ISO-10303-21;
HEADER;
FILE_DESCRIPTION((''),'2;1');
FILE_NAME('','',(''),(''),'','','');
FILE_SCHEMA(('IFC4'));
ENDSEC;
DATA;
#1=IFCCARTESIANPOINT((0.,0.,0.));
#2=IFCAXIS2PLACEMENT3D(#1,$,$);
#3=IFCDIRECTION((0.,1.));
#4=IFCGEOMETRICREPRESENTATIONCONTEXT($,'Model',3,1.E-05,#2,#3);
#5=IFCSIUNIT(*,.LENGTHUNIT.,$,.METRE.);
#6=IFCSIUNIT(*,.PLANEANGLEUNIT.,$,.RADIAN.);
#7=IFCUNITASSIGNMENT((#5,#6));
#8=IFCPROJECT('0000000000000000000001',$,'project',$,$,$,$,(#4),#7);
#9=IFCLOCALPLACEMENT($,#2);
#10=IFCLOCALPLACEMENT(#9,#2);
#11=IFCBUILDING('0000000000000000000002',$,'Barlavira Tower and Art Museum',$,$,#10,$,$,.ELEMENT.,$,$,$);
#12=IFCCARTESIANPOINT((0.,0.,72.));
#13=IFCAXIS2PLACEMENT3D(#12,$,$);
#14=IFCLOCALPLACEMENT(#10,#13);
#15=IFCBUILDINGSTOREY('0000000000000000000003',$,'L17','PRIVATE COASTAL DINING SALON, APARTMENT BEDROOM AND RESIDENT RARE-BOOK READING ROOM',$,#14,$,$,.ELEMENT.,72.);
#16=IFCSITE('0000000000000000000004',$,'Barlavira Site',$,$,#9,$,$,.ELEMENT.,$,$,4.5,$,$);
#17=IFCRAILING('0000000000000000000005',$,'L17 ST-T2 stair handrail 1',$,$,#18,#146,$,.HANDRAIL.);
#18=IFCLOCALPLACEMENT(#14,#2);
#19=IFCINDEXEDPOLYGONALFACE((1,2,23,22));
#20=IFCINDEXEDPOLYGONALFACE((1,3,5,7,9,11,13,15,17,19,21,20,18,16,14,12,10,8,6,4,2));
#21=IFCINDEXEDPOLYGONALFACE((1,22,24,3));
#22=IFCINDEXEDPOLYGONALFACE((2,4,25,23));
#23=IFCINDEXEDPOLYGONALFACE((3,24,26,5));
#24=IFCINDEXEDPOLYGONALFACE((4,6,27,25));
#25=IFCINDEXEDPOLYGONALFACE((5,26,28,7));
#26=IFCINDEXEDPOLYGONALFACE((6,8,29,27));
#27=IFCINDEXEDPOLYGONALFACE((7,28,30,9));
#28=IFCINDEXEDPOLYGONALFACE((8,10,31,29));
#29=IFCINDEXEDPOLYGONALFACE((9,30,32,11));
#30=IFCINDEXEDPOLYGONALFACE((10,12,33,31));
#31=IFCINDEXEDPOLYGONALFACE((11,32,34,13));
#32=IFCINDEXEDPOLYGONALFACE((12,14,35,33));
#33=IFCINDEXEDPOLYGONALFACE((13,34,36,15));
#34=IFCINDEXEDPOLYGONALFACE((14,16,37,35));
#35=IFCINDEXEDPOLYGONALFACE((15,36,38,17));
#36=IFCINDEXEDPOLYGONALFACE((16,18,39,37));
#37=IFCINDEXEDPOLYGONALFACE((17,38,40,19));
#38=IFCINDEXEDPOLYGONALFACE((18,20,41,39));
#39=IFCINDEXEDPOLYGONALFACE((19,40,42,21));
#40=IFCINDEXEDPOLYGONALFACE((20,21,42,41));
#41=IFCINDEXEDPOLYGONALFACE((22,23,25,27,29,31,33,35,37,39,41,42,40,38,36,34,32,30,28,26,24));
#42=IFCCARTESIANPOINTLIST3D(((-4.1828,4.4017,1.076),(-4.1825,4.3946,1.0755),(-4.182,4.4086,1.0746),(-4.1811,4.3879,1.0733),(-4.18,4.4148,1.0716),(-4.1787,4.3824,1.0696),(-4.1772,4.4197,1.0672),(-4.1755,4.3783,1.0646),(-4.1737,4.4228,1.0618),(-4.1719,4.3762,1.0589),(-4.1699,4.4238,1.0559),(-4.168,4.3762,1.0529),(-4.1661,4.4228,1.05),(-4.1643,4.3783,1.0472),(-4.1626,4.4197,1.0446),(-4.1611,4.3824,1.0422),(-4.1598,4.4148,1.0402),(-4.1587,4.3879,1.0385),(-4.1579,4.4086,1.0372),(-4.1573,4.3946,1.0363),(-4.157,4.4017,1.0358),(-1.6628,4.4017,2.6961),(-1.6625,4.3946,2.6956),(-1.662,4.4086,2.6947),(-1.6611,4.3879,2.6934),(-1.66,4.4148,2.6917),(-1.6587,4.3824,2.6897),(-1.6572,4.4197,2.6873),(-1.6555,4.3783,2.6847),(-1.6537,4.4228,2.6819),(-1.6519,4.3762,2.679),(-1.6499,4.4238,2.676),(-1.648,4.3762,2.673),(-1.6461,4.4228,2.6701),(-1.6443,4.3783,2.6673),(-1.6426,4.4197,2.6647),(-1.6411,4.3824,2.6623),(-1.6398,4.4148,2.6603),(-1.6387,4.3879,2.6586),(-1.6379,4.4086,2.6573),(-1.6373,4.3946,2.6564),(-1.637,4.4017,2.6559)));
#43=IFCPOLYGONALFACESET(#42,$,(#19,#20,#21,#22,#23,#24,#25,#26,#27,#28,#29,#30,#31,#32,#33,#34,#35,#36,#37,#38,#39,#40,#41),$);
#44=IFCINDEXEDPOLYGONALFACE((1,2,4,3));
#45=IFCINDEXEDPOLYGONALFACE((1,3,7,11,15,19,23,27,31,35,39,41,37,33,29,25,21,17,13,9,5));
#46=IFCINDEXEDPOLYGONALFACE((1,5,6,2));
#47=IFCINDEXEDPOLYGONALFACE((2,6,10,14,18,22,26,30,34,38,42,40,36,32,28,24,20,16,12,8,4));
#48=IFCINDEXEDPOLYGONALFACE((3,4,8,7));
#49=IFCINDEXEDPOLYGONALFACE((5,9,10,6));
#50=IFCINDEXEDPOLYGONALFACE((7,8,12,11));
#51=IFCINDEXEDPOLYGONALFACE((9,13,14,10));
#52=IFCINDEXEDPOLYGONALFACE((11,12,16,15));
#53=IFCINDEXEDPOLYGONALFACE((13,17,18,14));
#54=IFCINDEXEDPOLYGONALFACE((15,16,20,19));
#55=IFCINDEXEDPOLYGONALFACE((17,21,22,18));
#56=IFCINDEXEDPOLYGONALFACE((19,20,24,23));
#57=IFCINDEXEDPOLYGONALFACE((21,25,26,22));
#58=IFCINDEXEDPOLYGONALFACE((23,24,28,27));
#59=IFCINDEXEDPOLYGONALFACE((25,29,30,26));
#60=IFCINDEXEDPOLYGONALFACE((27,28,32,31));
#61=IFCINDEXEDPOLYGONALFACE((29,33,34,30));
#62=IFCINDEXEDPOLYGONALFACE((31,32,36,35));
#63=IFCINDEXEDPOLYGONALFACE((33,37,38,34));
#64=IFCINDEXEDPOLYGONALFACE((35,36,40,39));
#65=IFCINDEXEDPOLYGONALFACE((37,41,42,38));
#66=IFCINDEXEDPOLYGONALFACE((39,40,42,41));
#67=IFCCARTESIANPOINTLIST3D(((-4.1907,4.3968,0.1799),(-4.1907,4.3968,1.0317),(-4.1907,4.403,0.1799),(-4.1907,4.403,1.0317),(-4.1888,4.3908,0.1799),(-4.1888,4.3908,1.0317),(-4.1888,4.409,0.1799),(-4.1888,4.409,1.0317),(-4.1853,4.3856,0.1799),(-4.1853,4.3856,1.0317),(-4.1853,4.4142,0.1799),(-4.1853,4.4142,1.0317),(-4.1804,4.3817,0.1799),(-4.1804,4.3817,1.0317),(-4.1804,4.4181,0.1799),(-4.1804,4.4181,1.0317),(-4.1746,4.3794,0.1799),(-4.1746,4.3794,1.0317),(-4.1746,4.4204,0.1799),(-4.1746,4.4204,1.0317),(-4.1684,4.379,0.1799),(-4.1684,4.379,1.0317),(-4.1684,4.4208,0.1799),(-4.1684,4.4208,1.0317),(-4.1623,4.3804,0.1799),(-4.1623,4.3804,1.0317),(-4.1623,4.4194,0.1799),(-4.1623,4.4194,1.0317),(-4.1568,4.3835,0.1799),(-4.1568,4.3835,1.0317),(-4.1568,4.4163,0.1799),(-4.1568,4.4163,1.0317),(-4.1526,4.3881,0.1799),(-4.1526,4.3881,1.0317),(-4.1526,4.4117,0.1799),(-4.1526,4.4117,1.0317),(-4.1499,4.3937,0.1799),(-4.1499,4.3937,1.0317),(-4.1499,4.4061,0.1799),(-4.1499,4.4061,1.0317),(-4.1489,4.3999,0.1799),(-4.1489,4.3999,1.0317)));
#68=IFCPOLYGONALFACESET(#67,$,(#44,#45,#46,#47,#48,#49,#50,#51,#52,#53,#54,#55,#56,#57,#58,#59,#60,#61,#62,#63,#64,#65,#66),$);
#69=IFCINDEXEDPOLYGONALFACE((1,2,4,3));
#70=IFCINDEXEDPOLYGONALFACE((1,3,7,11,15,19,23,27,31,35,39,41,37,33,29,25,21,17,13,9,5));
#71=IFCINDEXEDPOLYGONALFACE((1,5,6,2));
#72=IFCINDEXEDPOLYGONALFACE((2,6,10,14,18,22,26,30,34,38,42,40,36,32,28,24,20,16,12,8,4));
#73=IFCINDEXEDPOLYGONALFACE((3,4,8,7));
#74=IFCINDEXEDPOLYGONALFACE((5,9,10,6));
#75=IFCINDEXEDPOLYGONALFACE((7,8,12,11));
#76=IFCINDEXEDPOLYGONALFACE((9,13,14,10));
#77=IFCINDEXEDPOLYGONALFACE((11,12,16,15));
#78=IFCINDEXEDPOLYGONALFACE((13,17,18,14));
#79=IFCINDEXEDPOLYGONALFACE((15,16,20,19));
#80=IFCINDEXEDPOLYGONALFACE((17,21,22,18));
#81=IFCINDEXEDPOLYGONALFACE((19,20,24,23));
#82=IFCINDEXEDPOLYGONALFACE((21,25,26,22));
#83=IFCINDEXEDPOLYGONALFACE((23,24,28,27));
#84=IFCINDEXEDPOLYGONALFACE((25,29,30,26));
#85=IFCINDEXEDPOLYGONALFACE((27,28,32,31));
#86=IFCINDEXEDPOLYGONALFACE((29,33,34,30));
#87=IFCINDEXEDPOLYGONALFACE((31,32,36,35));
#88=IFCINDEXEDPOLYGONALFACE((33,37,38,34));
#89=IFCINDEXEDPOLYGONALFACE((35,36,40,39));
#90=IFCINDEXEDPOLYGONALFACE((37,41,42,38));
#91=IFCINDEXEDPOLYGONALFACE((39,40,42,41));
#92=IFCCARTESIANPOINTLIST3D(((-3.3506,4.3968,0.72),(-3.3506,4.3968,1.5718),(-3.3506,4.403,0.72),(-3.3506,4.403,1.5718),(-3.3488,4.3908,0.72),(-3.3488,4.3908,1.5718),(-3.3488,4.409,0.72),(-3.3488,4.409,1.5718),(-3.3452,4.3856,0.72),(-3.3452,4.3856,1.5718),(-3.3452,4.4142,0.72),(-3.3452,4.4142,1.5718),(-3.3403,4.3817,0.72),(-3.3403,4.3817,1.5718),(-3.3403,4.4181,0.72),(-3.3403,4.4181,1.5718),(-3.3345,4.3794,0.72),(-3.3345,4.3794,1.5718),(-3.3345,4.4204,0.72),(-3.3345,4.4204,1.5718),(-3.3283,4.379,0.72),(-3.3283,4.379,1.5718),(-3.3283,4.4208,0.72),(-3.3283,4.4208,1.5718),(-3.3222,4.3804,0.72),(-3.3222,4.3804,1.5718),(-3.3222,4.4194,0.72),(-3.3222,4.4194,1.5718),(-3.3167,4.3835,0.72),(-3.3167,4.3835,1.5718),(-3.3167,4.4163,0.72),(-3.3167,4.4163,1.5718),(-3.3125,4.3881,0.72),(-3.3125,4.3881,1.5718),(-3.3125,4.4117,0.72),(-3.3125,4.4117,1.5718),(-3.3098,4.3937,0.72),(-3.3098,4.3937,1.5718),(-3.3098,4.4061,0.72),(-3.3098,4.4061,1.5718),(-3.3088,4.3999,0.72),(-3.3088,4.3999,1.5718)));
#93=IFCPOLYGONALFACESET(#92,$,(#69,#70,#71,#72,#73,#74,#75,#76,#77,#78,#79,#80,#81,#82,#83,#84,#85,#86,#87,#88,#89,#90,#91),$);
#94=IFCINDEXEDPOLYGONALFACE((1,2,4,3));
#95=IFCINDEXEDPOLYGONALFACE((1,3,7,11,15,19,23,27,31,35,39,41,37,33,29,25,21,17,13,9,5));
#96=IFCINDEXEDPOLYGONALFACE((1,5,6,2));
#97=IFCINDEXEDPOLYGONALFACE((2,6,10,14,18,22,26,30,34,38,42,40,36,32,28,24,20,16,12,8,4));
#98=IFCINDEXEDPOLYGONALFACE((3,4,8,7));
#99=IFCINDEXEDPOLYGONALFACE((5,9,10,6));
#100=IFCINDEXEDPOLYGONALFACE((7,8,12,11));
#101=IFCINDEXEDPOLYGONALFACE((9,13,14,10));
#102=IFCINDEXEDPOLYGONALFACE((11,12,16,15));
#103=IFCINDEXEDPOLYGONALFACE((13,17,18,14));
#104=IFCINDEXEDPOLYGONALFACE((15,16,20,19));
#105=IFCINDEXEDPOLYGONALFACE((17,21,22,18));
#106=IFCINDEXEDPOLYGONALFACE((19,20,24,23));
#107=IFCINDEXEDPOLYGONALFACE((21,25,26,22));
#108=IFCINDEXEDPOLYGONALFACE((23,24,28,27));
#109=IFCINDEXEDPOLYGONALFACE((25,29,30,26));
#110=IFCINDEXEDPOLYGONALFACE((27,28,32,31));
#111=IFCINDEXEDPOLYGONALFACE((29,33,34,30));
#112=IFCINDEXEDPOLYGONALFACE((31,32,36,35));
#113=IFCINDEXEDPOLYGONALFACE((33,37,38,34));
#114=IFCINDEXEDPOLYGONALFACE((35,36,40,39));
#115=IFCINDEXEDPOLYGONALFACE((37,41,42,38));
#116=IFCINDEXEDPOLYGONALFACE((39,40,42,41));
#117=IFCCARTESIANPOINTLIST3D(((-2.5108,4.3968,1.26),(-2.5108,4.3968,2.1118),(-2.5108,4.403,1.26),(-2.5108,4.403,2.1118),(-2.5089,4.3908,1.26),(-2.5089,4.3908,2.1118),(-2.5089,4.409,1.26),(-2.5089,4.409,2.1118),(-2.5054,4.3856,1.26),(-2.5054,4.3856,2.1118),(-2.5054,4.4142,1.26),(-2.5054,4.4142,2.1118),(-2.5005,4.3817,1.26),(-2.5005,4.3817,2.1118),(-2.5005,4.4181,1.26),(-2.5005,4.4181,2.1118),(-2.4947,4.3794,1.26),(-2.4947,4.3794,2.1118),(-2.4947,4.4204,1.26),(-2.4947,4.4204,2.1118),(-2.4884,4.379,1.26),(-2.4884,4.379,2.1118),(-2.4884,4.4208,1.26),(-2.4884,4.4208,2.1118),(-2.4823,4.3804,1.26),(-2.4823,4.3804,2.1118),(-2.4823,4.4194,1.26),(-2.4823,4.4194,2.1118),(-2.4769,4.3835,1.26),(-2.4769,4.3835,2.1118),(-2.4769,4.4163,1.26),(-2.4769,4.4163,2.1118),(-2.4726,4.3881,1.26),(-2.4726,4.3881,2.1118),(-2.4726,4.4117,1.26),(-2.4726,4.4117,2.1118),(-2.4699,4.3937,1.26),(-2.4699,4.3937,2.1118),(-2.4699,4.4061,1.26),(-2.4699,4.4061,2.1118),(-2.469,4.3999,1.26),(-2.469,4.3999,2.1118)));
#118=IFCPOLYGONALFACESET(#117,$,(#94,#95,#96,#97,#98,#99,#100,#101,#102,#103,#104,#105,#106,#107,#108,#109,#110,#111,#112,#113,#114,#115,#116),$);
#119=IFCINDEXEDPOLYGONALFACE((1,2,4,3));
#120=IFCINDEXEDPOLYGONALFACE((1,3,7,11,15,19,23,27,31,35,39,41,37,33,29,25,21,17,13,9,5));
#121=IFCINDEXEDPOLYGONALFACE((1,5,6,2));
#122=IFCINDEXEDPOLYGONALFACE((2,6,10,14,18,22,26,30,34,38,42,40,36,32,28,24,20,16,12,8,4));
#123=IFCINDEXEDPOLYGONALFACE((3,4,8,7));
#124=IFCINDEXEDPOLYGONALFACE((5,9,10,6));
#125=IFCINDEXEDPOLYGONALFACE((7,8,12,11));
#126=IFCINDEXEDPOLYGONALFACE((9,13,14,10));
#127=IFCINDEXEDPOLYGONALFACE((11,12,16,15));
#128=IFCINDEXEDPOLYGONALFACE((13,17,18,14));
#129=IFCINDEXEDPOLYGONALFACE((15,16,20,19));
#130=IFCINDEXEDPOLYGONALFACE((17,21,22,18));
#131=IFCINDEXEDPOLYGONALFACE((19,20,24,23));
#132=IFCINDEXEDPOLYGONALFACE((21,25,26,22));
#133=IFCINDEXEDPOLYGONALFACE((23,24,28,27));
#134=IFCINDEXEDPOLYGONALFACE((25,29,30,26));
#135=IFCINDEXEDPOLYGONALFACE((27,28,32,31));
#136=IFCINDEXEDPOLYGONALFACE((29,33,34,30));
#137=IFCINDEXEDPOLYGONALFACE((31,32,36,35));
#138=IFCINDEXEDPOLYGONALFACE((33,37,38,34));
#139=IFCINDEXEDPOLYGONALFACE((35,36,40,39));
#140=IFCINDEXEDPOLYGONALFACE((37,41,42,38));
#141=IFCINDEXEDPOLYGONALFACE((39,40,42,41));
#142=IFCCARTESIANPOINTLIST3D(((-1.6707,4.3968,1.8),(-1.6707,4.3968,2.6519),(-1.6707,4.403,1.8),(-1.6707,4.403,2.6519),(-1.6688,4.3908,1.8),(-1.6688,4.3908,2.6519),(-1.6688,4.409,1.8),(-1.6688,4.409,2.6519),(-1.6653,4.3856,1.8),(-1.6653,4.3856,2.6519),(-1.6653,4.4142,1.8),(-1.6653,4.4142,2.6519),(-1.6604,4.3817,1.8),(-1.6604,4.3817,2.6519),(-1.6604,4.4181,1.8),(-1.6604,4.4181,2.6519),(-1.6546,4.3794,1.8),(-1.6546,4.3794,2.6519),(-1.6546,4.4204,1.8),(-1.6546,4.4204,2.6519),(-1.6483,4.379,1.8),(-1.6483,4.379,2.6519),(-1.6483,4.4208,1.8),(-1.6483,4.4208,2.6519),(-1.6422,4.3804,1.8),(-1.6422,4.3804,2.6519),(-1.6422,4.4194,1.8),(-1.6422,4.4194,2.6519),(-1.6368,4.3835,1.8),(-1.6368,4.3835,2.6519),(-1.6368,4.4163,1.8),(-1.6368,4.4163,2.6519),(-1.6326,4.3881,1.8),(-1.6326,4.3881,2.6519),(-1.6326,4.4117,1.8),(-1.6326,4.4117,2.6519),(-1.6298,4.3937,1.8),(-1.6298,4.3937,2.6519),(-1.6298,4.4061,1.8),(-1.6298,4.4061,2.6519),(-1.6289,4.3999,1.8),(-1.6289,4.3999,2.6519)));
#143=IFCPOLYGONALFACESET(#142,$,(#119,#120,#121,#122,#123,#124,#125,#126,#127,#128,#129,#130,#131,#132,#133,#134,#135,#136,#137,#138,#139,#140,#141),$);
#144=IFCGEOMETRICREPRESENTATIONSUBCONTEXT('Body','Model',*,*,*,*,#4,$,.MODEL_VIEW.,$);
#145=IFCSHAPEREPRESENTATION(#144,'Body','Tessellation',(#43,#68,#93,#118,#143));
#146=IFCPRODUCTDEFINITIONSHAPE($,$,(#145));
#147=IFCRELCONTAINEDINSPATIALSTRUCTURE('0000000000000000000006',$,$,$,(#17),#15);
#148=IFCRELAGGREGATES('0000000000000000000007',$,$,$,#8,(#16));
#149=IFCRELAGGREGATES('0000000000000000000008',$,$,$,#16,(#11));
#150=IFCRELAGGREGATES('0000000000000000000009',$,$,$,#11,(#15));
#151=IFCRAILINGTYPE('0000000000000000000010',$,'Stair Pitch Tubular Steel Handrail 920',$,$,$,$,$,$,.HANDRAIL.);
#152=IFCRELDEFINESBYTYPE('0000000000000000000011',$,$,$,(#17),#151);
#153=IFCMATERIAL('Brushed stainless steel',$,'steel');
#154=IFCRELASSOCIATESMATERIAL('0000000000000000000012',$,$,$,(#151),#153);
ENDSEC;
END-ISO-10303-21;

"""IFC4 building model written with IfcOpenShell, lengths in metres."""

from ifc_helpers import new_model, si_unit, direction, frame, origin, origin_2d, place, context, subcontext, project, spatial, circle, extrude, material, type_object, element, save


model = new_model("IFC4")

# Units and contexts
model_context = context("Model", 3, precision=1e-05, world=origin(), true_north=direction((0.0, 1.0)))
body_context = subcontext(model_context, "Body", "Model", "MODEL_VIEW")
ifc_project = project(units=[si_unit("LENGTHUNIT", "METRE"), si_unit("PLANEANGLEUNIT", "RADIAN")], contexts=[model_context])

# Site, building, storey
site_placement = place(None, origin())
site = spatial("IfcSite", under=ifc_project, at=site_placement, Name="Barlavira Site", CompositionType="ELEMENT", RefElevation=4.5)
building_placement = place(site_placement, origin())
building = spatial("IfcBuilding", under=site, at=building_placement, Name="Barlavira Tower and Art Museum", CompositionType="ELEMENT")
storey_placement = place(building_placement, frame((0.0, 0.0, 72.0)))
storey = spatial("IfcBuildingStorey", under=building, at=storey_placement, Name="L17", Description="PRIVATE COASTAL DINING SALON, APARTMENT BEDROOM AND RESIDENT RARE-BOOK READING ROOM", CompositionType="ELEMENT", Elevation=72.0)

# Shared definitions
ifc_material_1 = material(Name="Brushed stainless steel", Category="steel")

# Railing
railing_type_1 = type_object("IfcRailingType", Name="Stair Pitch Tubular Steel Handrail 920", PredefinedType="HANDRAIL", material=ifc_material_1)
railing_1_placement = place(storey_placement, frame((-4.1699, 4.3999, 0.1799)))
element("IfcRailing", 1, at=railing_1_placement, inside=storey, type_object=railing_type_1, Name="L17 ST-T2 stair handrail 1", PredefinedType="HANDRAIL", context=body_context, shape_type="SweptSolid", body=[
    extrude(circle(Radius=0.0239, at=origin_2d()), frame((0.0, 0.0, 0.876), z_axis=(0.841163, 0.0, 0.540782), x_axis=(0.0, 1.0, 0.0)), (0.0, 0.0, 1.0), 2.9958),
    extrude(circle(Radius=0.021, at=origin_2d()), origin(), (0.0, 0.0, 1.0), 0.8518),
    extrude(circle(Radius=0.021, at=origin_2d()), frame((0.8401, 0.0, 0.54)), (0.0, 0.0, 1.0), 0.8518),
    extrude(circle(Radius=0.021, at=origin_2d()), frame((1.6799, 0.0, 1.0801)), (0.0, 0.0, 1.0), 0.8518),
    extrude(circle(Radius=0.021, at=origin_2d()), frame((2.52, 0.0, 1.6201)), (0.0, 0.0, 1.0), 0.8518),
])

save(model, "model.ifc")
